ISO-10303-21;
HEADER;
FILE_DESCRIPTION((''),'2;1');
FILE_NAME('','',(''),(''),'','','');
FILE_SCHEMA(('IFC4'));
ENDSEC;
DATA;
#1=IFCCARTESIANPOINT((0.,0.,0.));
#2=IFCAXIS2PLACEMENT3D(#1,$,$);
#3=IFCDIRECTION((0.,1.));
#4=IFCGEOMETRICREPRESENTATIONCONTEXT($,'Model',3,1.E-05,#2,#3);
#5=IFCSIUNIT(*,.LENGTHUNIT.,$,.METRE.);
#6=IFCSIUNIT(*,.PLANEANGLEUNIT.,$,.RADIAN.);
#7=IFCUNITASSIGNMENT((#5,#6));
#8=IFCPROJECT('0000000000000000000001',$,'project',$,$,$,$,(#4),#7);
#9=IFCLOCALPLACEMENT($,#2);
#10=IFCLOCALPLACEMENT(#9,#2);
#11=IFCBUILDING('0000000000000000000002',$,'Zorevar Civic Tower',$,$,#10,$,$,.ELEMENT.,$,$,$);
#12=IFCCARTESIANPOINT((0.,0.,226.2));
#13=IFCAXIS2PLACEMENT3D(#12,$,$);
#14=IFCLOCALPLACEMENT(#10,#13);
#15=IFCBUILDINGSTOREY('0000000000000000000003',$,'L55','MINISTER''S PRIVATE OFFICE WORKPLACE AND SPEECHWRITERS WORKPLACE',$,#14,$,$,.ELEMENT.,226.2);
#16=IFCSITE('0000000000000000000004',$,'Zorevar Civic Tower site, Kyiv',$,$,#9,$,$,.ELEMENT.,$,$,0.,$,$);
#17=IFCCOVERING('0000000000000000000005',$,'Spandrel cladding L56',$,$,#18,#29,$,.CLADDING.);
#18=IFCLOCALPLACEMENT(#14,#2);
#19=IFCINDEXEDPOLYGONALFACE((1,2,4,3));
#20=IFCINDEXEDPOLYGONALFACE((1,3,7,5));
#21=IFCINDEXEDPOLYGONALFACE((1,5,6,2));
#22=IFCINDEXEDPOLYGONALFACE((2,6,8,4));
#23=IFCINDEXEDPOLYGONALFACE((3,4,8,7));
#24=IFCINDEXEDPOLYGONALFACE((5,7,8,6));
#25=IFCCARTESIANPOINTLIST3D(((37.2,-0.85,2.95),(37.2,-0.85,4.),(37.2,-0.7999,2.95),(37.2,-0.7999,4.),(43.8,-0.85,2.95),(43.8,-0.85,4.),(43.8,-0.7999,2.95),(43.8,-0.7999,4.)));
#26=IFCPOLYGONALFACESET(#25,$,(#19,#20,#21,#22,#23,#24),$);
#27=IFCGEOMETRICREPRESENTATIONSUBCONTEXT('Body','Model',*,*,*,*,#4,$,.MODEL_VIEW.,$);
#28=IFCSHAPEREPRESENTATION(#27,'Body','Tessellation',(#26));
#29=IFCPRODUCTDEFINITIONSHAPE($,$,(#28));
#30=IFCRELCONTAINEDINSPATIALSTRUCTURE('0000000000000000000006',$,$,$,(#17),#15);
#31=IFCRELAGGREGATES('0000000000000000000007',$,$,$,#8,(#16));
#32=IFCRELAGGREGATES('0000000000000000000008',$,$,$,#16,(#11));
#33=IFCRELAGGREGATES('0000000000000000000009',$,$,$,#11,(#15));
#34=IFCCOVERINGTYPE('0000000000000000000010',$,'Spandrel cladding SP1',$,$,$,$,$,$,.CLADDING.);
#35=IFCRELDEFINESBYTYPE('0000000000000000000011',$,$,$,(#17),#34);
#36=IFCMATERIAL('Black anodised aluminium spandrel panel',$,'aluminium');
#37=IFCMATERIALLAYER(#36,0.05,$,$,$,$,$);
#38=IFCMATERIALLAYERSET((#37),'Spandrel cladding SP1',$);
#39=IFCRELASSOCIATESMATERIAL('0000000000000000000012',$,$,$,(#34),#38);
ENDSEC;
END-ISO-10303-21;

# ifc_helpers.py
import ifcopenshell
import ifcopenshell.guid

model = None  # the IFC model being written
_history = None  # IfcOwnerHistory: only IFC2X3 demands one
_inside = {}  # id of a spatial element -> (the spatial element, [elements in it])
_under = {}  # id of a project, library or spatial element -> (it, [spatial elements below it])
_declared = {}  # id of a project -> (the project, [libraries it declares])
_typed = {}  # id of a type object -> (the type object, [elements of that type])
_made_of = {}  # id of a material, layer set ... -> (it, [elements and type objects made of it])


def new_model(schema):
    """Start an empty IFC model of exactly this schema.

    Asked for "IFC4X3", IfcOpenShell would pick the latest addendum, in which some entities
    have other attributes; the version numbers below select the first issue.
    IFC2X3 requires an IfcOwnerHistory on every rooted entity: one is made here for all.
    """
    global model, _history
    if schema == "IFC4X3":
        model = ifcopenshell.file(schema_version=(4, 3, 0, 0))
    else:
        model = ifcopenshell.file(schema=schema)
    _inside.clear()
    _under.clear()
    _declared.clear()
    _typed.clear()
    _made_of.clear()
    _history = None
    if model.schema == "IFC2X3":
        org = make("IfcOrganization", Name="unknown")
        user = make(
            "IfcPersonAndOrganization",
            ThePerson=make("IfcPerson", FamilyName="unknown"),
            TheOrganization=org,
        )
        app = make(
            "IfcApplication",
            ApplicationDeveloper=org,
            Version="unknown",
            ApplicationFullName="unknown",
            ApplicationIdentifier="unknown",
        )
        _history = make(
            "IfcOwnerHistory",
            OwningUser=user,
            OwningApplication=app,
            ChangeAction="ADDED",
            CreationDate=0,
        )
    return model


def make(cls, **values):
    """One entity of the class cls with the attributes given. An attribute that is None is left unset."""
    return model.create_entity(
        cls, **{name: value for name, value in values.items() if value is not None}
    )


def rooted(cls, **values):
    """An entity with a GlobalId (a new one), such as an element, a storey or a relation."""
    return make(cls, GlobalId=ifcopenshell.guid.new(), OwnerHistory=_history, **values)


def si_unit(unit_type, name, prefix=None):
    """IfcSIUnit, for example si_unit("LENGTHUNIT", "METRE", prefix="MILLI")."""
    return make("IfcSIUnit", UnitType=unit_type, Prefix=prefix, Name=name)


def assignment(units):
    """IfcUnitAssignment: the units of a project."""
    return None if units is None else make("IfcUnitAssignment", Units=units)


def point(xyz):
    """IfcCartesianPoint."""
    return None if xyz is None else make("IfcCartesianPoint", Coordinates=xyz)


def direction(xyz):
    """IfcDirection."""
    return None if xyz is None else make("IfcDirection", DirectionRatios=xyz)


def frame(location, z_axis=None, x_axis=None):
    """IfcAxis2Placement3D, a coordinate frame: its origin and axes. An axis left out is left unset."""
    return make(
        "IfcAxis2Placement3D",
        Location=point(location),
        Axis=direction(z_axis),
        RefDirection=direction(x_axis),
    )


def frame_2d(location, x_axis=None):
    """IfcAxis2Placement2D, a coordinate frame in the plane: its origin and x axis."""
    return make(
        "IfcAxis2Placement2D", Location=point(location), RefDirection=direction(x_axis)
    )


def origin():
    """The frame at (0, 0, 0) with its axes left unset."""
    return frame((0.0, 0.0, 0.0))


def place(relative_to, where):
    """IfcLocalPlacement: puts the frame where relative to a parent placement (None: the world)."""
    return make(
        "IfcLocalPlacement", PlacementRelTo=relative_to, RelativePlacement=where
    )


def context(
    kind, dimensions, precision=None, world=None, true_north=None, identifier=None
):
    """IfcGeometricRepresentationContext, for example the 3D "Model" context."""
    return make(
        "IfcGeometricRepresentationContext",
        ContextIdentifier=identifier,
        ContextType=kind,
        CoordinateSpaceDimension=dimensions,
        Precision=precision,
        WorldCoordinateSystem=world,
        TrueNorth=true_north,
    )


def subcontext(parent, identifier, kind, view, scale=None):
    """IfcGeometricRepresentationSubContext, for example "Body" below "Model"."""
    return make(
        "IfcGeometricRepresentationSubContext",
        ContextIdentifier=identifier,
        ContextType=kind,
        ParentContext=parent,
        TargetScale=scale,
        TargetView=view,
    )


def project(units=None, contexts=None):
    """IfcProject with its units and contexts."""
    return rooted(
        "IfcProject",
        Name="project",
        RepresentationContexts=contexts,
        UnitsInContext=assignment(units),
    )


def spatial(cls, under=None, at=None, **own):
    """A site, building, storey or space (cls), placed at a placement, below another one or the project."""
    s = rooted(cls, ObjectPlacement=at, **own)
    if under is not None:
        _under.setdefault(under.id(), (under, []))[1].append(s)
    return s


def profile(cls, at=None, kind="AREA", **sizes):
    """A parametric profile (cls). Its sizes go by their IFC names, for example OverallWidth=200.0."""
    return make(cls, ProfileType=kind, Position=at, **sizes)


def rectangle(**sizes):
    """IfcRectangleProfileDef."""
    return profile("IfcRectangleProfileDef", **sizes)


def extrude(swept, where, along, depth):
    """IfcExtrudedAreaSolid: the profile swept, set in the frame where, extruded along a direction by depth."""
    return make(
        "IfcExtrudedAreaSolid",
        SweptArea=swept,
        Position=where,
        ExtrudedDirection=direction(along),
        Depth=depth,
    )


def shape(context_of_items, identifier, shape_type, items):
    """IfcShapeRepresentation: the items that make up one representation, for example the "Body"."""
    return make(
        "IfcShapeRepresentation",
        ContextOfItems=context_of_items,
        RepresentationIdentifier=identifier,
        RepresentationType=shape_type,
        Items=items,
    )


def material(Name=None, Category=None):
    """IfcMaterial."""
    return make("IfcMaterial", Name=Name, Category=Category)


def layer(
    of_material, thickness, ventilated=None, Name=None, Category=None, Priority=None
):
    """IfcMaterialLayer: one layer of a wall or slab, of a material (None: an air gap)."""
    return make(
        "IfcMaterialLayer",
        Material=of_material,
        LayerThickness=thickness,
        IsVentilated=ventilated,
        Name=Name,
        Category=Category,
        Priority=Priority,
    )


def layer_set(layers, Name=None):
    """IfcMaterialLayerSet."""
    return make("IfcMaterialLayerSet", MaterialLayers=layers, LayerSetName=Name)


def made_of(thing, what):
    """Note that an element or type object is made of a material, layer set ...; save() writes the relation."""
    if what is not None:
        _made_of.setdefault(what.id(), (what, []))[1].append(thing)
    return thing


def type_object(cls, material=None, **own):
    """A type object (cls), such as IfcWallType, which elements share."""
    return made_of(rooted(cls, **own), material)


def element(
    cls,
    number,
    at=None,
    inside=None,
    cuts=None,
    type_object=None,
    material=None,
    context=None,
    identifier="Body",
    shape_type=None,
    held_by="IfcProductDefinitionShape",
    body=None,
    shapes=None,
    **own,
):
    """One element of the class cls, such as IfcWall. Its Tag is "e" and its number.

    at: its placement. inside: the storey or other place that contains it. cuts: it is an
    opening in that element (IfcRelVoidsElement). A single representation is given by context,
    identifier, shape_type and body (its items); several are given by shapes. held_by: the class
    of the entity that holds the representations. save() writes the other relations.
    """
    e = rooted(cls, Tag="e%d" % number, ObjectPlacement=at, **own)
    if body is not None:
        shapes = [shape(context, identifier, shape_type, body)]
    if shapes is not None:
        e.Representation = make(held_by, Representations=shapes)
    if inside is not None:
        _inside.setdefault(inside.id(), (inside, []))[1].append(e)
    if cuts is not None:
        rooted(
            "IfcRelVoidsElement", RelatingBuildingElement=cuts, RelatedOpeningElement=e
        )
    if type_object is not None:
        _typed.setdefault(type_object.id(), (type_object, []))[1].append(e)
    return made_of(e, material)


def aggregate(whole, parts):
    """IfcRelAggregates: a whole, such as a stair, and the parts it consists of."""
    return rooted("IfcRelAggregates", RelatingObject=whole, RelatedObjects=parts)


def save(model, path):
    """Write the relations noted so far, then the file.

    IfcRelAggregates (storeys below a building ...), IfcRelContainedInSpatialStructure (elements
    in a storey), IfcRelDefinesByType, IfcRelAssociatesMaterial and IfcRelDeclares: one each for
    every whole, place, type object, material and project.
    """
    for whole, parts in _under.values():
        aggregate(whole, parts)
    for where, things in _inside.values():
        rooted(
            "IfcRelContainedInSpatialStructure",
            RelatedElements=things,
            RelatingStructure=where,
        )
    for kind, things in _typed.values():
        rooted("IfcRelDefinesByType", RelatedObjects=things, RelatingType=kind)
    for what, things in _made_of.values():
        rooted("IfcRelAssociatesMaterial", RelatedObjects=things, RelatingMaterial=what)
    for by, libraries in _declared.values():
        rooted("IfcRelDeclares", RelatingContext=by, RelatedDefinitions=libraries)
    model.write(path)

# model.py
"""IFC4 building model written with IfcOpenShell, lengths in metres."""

from ifc_helpers import new_model, si_unit, direction, frame, frame_2d, origin, place, context, subcontext, project, spatial, rectangle, extrude, material, layer, layer_set, type_object, element, save


model = new_model("IFC4")

# Units and contexts
model_context = context("Model", 3, precision=1e-05, world=origin(), true_north=direction((0.0, 1.0)))
body_context = subcontext(model_context, "Body", "Model", "MODEL_VIEW")
ifc_project = project(units=[si_unit("LENGTHUNIT", "METRE"), si_unit("PLANEANGLEUNIT", "RADIAN")], contexts=[model_context])

# Site, building, storey
site_placement = place(None, origin())
site = spatial("IfcSite", under=ifc_project, at=site_placement, Name="Zorevar Civic Tower site, Kyiv", CompositionType="ELEMENT", RefElevation=0.0)
building_placement = place(site_placement, origin())
building = spatial("IfcBuilding", under=site, at=building_placement, Name="Zorevar Civic Tower", CompositionType="ELEMENT")
storey_placement = place(building_placement, frame((0.0, 0.0, 226.2)))
storey = spatial("IfcBuildingStorey", under=building, at=storey_placement, Name="L55", Description="MINISTER'S PRIVATE OFFICE WORKPLACE AND SPEECHWRITERS WORKPLACE", CompositionType="ELEMENT", Elevation=226.2)

# Covering
ifc_material_1 = material(Name="Black anodised aluminium spandrel panel", Category="aluminium")
ifc_layer_1 = layer(ifc_material_1, 0.05)
ifc_layer_set_1 = layer_set([ifc_layer_1], Name="Spandrel cladding SP1")
covering_type = type_object("IfcCoveringType", Name="Spandrel cladding SP1", PredefinedType="CLADDING", material=ifc_layer_set_1)
for number, where, z_axis, x_axis, name in (
    (1, (37.2, -0.825, 2.95), (0.0, 0.0, 1.0), (1.0, 0.0, 0.0), "Spandrel cladding L56"),
):
    element("IfcCovering", number, at=place(storey_placement, frame(where, z_axis=z_axis, x_axis=x_axis)), inside=storey, type_object=covering_type, Name=name, PredefinedType="CLADDING", context=body_context, shape_type="SweptSolid", body=[
        extrude(rectangle(XDim=6.6001, YDim=0.05, at=frame_2d((3.3, 0.0))), origin(), (0.0, 0.0, 1.0), 1.05),
    ])

save(model, "model.ifc")
